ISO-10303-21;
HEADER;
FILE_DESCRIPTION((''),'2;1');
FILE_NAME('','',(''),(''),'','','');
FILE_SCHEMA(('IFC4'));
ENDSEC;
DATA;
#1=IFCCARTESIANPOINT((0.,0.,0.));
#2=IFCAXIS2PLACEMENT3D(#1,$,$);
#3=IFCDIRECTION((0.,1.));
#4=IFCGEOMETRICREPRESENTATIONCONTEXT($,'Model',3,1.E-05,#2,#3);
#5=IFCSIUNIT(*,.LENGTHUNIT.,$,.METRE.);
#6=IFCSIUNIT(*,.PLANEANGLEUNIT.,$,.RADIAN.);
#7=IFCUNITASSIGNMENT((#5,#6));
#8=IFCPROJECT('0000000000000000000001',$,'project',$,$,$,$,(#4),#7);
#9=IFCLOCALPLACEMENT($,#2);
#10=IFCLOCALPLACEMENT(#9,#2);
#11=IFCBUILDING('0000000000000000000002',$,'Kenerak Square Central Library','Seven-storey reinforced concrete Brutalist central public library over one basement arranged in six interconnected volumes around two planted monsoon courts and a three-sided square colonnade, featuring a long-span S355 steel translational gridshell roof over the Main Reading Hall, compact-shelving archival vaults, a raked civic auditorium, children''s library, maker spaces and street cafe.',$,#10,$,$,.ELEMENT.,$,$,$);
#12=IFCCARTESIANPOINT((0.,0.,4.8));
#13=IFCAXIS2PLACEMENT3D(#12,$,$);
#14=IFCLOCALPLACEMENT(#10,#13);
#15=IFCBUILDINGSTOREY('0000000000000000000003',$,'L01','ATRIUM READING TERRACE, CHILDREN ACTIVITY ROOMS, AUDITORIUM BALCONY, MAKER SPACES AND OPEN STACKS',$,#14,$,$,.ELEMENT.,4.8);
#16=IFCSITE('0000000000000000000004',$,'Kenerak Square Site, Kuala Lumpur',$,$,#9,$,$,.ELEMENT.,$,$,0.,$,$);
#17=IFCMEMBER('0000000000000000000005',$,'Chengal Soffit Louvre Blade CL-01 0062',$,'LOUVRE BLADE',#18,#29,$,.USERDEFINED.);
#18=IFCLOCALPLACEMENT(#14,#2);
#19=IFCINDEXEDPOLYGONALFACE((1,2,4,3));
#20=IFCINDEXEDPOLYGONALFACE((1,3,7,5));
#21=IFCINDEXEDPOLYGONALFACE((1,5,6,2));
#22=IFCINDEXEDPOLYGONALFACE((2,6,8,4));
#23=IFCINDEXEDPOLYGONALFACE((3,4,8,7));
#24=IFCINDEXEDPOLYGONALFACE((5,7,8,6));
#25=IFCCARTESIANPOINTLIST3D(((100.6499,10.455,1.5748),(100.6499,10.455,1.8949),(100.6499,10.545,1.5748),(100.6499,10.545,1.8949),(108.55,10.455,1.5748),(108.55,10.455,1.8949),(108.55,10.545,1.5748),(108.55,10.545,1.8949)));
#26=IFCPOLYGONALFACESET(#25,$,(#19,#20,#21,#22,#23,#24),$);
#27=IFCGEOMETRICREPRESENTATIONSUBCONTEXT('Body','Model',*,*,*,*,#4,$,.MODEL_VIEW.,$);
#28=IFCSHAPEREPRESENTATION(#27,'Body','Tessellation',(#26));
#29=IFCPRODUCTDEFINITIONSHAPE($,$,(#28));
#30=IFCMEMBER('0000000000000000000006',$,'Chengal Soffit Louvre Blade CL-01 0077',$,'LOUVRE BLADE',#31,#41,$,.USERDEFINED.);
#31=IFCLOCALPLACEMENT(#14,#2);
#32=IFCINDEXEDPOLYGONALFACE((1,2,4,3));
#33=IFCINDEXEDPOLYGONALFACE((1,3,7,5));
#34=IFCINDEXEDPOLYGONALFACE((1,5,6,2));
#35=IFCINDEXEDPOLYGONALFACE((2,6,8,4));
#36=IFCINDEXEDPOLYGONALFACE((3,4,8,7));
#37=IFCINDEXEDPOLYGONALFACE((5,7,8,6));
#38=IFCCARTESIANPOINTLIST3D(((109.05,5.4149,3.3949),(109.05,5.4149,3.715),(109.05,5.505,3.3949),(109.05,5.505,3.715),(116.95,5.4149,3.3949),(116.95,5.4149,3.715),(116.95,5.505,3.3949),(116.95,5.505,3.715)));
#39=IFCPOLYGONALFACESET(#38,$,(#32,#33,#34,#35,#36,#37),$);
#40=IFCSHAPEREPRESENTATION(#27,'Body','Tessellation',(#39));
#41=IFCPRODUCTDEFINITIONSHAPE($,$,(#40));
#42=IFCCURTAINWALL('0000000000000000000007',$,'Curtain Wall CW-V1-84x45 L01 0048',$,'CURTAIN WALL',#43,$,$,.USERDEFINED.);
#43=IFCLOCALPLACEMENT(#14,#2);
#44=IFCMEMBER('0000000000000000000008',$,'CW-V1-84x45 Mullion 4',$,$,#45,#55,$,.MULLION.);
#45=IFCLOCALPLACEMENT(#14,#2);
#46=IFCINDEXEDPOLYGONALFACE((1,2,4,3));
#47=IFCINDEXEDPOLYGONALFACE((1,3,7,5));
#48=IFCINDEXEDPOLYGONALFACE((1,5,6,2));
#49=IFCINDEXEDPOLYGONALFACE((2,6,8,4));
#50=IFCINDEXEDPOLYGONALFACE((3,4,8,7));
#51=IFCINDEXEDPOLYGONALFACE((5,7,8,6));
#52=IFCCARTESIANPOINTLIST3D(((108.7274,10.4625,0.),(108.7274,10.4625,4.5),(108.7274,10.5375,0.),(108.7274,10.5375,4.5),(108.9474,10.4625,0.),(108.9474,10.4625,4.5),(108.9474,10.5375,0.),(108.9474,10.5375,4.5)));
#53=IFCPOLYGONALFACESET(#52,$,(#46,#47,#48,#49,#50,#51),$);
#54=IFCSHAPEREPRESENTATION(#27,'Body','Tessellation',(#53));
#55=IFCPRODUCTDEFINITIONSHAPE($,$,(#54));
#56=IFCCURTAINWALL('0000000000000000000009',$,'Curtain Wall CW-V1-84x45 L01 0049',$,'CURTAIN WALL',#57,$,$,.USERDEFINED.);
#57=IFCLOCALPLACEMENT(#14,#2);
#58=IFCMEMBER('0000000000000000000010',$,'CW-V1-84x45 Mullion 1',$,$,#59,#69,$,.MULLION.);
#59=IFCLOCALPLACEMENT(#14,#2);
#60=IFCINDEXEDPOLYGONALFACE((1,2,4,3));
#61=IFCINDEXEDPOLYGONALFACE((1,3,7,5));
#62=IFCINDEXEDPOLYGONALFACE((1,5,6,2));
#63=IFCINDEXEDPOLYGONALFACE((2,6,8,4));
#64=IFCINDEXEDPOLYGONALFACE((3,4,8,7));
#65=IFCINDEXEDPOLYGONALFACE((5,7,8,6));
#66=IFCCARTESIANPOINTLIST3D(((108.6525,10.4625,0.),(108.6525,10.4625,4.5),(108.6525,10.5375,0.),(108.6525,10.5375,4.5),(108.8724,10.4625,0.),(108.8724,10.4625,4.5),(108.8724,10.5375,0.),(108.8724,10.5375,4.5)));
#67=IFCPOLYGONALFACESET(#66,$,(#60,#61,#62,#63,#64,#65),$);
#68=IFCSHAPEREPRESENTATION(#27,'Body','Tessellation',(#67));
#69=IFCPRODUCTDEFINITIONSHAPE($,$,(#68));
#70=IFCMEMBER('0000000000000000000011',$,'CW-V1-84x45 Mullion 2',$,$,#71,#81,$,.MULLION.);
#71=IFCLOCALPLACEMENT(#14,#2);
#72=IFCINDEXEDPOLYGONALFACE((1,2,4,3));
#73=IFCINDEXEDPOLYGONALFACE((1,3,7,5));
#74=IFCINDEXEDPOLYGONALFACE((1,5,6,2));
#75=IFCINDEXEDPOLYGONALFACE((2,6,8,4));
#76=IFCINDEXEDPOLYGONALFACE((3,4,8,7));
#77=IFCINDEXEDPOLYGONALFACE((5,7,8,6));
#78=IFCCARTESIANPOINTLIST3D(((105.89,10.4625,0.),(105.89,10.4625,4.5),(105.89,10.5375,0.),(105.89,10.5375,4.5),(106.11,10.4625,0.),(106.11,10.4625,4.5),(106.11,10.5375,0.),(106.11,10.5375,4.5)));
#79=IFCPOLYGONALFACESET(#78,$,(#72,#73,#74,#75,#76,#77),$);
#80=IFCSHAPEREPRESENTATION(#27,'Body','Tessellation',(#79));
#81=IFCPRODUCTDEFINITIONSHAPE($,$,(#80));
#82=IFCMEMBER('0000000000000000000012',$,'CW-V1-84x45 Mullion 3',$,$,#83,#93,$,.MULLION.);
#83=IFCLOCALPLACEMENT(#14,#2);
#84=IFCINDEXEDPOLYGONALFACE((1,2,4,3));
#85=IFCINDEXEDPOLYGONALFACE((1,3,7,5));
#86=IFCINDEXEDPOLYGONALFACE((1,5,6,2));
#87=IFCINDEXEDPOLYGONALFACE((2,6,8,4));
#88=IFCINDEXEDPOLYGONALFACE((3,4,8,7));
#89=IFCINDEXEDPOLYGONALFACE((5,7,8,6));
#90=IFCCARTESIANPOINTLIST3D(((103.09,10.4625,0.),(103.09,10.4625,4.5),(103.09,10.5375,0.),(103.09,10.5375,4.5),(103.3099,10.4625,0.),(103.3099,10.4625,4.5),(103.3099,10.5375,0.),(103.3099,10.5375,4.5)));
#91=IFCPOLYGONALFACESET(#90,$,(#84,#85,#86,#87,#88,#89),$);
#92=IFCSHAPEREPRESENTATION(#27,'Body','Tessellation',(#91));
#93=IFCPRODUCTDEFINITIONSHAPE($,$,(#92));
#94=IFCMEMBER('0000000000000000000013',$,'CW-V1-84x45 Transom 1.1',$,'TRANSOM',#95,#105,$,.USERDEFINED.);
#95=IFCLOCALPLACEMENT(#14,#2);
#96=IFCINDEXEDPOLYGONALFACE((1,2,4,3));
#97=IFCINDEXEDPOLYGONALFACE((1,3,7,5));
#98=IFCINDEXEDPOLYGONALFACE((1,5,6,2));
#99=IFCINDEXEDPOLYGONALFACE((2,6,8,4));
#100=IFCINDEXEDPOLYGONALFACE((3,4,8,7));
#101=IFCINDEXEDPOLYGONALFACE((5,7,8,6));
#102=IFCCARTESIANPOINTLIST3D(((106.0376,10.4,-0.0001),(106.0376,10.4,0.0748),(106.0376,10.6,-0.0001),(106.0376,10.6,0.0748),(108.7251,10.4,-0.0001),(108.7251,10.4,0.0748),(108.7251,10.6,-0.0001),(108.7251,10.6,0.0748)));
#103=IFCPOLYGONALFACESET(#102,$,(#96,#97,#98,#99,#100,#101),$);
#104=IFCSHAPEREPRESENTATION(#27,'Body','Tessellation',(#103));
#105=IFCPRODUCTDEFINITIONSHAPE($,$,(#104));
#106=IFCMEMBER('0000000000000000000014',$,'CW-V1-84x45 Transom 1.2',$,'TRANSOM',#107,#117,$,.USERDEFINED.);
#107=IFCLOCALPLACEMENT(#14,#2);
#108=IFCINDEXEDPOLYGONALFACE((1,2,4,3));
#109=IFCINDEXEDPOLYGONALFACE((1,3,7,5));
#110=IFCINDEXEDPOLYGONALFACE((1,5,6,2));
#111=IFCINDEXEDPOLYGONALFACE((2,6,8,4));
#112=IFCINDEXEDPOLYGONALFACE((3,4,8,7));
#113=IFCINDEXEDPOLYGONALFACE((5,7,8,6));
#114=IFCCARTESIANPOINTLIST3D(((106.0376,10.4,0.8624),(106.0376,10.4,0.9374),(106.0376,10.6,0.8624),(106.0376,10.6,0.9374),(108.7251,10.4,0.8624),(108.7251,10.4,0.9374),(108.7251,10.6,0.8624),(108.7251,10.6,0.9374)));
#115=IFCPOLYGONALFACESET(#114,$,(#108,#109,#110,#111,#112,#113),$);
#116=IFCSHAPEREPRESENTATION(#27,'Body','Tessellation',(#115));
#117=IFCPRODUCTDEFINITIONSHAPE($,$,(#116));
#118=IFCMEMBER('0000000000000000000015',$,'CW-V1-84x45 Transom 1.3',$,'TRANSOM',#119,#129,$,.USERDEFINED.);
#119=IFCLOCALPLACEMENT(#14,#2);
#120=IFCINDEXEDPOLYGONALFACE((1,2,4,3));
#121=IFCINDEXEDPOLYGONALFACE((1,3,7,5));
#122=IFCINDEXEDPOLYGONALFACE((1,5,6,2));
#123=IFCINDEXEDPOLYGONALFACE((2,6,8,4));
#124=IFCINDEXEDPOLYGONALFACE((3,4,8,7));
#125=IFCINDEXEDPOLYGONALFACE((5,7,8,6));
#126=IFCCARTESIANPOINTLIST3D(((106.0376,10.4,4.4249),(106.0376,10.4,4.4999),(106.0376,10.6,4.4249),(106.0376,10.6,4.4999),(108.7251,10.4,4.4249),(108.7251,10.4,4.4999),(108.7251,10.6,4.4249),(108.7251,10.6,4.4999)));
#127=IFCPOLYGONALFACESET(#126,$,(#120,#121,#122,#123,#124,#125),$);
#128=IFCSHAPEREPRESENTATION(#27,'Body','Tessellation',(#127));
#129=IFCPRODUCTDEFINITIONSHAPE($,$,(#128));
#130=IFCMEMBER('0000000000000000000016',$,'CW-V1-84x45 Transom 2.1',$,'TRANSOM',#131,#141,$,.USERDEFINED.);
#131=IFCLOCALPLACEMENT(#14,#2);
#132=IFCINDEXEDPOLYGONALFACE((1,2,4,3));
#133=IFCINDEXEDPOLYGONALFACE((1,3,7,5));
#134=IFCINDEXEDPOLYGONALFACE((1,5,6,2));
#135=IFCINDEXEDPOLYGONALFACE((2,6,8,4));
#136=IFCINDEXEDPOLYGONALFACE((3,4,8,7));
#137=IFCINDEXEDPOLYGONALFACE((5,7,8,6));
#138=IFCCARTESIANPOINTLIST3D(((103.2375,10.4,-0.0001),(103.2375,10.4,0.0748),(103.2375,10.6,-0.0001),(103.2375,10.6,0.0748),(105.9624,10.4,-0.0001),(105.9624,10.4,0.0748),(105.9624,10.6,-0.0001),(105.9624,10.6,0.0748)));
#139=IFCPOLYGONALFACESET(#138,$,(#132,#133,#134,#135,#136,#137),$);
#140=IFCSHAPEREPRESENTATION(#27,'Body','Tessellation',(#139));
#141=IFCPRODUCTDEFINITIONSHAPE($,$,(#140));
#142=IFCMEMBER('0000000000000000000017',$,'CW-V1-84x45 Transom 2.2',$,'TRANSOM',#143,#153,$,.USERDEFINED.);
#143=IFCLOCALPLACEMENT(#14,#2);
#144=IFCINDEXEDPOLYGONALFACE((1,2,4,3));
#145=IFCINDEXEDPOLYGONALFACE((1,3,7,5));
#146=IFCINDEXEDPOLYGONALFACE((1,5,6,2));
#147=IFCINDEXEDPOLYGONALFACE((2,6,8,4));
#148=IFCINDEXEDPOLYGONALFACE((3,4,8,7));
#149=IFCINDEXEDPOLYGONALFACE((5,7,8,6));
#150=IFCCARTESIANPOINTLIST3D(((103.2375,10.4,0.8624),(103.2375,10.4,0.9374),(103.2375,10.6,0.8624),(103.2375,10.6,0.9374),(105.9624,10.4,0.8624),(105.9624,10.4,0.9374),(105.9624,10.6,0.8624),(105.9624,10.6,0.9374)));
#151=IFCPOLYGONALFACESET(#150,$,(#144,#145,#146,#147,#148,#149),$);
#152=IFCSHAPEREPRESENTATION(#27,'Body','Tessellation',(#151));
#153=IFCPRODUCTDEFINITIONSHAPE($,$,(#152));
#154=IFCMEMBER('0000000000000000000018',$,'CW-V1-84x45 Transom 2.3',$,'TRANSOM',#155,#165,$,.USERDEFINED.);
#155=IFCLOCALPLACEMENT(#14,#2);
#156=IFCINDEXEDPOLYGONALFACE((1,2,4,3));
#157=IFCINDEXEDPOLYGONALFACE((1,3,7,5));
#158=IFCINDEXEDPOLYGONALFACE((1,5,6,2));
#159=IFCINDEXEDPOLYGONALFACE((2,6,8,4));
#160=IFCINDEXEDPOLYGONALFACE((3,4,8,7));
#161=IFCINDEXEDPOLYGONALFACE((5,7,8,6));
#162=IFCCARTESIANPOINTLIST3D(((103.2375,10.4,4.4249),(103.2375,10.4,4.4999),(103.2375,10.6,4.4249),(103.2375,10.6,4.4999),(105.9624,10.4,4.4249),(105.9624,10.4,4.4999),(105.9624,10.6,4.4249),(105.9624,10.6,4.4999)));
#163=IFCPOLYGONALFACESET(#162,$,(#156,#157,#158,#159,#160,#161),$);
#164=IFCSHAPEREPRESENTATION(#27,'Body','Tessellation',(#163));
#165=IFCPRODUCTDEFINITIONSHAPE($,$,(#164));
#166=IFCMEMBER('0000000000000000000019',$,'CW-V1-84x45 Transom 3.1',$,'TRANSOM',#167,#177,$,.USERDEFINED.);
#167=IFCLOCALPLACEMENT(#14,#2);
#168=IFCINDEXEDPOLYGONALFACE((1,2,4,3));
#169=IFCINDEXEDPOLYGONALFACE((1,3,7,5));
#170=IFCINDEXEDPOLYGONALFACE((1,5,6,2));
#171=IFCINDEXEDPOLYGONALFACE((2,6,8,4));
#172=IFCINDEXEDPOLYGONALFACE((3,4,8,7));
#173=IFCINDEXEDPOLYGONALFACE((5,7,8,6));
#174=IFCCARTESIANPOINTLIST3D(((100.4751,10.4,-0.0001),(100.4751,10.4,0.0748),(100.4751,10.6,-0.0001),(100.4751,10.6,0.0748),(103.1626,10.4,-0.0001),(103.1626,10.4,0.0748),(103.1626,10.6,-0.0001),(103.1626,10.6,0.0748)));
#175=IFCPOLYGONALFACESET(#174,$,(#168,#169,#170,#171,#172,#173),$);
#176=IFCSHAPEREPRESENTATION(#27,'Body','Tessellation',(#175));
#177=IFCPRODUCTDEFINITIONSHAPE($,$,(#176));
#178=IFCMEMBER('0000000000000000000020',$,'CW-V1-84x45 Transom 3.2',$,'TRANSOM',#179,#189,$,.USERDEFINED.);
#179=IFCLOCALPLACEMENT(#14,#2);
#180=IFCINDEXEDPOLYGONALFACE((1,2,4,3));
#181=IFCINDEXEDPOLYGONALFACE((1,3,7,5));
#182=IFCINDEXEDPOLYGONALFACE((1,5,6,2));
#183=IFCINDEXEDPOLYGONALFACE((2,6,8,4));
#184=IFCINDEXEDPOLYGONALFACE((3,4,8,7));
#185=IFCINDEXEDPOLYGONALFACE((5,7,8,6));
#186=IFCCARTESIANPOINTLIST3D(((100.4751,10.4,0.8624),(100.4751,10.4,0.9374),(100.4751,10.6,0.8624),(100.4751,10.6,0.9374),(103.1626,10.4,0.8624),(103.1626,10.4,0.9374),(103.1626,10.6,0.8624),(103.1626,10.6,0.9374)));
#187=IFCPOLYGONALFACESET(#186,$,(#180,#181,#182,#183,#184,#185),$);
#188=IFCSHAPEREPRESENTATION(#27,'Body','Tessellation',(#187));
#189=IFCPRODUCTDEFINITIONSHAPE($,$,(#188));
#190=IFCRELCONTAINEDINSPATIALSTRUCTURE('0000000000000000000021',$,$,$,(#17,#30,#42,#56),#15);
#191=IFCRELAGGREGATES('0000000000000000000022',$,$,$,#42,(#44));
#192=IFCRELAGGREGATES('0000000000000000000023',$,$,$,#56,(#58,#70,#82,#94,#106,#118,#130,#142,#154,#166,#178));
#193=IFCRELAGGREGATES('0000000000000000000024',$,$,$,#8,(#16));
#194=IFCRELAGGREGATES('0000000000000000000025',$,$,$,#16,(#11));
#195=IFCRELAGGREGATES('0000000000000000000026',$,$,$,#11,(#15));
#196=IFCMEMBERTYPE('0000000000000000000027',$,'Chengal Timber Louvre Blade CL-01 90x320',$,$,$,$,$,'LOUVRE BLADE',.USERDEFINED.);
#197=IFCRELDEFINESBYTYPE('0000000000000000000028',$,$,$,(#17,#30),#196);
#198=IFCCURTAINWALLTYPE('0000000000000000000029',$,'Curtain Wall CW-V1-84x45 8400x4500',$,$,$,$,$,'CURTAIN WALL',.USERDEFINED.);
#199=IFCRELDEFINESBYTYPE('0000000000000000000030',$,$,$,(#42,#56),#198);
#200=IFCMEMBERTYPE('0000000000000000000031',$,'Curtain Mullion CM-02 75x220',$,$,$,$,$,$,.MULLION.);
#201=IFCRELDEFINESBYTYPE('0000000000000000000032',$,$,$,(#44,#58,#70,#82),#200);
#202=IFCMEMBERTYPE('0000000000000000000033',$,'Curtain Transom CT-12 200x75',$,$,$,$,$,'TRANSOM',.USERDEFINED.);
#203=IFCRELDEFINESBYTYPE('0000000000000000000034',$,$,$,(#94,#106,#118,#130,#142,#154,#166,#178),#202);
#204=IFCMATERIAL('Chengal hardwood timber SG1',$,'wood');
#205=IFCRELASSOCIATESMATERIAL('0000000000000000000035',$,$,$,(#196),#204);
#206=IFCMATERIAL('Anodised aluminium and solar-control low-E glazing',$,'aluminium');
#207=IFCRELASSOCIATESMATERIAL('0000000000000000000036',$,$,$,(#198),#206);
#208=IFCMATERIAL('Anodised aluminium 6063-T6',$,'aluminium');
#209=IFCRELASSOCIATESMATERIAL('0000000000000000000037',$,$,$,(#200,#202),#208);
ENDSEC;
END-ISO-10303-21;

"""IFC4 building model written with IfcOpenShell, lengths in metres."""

from ifc_helpers import new_model, si_unit, direction, frame, origin, origin_2d, place, context, subcontext, project, spatial, rectangle, extrude, material, material_profile, profile_set, type_object, element, aggregate, save


model = new_model("IFC4")

# Units and contexts
model_context = context("Model", 3, precision=1e-05, world=origin(), true_north=direction((0.0, 1.0)))
body_context = subcontext(model_context, "Body", "Model", "MODEL_VIEW")
ifc_project = project(units=[si_unit("LENGTHUNIT", "METRE"), si_unit("PLANEANGLEUNIT", "RADIAN")], contexts=[model_context])

# Site, building, storey
site_placement = place(None, origin())
site = spatial("IfcSite", under=ifc_project, at=site_placement, Name="Kenerak Square Site, Kuala Lumpur", CompositionType="ELEMENT", RefElevation=0.0)
building_placement = place(site_placement, origin())
building = spatial("IfcBuilding", under=site, at=building_placement, Name="Kenerak Square Central Library", Description="Seven-storey reinforced concrete Brutalist central public library over one basement arranged in six interconnected volumes around two planted monsoon courts and a three-sided square colonnade, featuring a long-span S355 steel translational gridshell roof over the Main Reading Hall, compact-shelving archival vaults, a raked civic auditorium, children's library, maker spaces and street cafe.", CompositionType="ELEMENT")
storey_placement = place(building_placement, frame((0.0, 0.0, 4.8)))
storey = spatial("IfcBuildingStorey", under=building, at=storey_placement, Name="L01", Description="ATRIUM READING TERRACE, CHILDREN ACTIVITY ROOMS, AUDITORIUM BALCONY, MAKER SPACES AND OPEN STACKS", CompositionType="ELEMENT", Elevation=4.8)

# Members
ifc_material_1 = material(Name="Chengal hardwood timber SG1", Category="wood")
ifc_material_profile_1 = material_profile(ifc_material_1, rectangle(XDim=0.0901, YDim=0.3201, at=origin_2d()), Name="CHENGAL 90x320")
ifc_profile_set_1 = profile_set([ifc_material_profile_1], Name="Chengal hardwood timber SG1")
member_type_1 = type_object("IfcMemberType", Name="Chengal Timber Louvre Blade CL-01 90x320", ElementType="LOUVRE BLADE", PredefinedType="USERDEFINED", material=ifc_profile_set_1)
member_1_placement = place(storey_placement, frame((100.6499, 10.5, 1.7349), z_axis=(1.0, 0.0, 0.0), x_axis=(0.0, 1.0, 0.0)))
element("IfcMember", 1, at=member_1_placement, inside=storey, type_object=member_type_1, Name="Chengal Soffit Louvre Blade CL-01 0062", ObjectType="LOUVRE BLADE", PredefinedType="USERDEFINED", context=body_context, shape_type="SweptSolid", body=[
    extrude(rectangle(XDim=0.0901, YDim=0.3201, at=origin_2d()), origin(), (0.0, 0.0, 1.0), 7.9001),
])
member_2_placement = place(storey_placement, frame((109.05, 5.46, 3.5549), z_axis=(1.0, 0.0, 0.0), x_axis=(0.0, 1.0, 0.0)))
element("IfcMember", 2, at=member_2_placement, inside=storey, type_object=member_type_1, Name="Chengal Soffit Louvre Blade CL-01 0077", ObjectType="LOUVRE BLADE", PredefinedType="USERDEFINED", context=body_context, shape_type="SweptSolid", body=[
    extrude(rectangle(XDim=0.0901, YDim=0.3201, at=origin_2d()), origin(), (0.0, 0.0, 1.0), 7.8999),
])

# Curtain wall, member
ifc_material_2 = material(Name="Anodised aluminium and solar-control low-E glazing", Category="aluminium")
curtain_wall_type = type_object("IfcCurtainWallType", Name="Curtain Wall CW-V1-84x45 8400x4500", ElementType="CURTAIN WALL", PredefinedType="USERDEFINED", material=ifc_material_2)
curtain_wall_1_placement = place(storey_placement, origin())
curtain_wall_1 = element("IfcCurtainWall", 3, at=curtain_wall_1_placement, inside=storey, type_object=curtain_wall_type, Name="Curtain Wall CW-V1-84x45 L01 0048", ObjectType="CURTAIN WALL", PredefinedType="USERDEFINED")
ifc_material_3 = material(Name="Anodised aluminium 6063-T6", Category="aluminium")
ifc_material_profile_2 = material_profile(ifc_material_3, rectangle(XDim=0.075, YDim=0.22, at=origin_2d()), Name="AL MULLION 75x220")
ifc_profile_set_2 = profile_set([ifc_material_profile_2], Name="Anodised aluminium 6063-T6")
member_type_2 = type_object("IfcMemberType", Name="Curtain Mullion CM-02 75x220", PredefinedType="MULLION", material=ifc_profile_set_2)
member_3_placement = place(storey_placement, frame((108.8374, 10.5, 0.0), z_axis=(0.0, 0.0, 1.0), x_axis=(0.0, -1.0, 0.0)))
member_3 = element("IfcMember", 4, at=member_3_placement, type_object=member_type_2, Name="CW-V1-84x45 Mullion 4", PredefinedType="MULLION", context=body_context, shape_type="SweptSolid", body=[
    extrude(rectangle(XDim=0.075, YDim=0.22, at=origin_2d()), origin(), (0.0, 0.0, 1.0), 4.5),
])
aggregate(curtain_wall_1, [member_3])

# Curtain wall, members
curtain_wall_2_placement = place(storey_placement, origin())
curtain_wall_2 = element("IfcCurtainWall", 5, at=curtain_wall_2_placement, inside=storey, type_object=curtain_wall_type, Name="Curtain Wall CW-V1-84x45 L01 0049", ObjectType="CURTAIN WALL", PredefinedType="USERDEFINED")
member_4_placement = place(storey_placement, frame((108.7625, 10.5, 0.0), z_axis=(0.0, 0.0, 1.0), x_axis=(0.0, -1.0, 0.0)))
member_4 = element("IfcMember", 6, at=member_4_placement, type_object=member_type_2, Name="CW-V1-84x45 Mullion 1", PredefinedType="MULLION", context=body_context, shape_type="SweptSolid", body=[
    extrude(rectangle(XDim=0.075, YDim=0.22, at=origin_2d()), origin(), (0.0, 0.0, 1.0), 4.5),
])
member_5_placement = place(storey_placement, frame((106.0, 10.5, 0.0), z_axis=(0.0, 0.0, 1.0), x_axis=(0.0, -1.0, 0.0)))
member_5 = element("IfcMember", 7, at=member_5_placement, type_object=member_type_2, Name="CW-V1-84x45 Mullion 2", PredefinedType="MULLION", context=body_context, shape_type="SweptSolid", body=[
    extrude(rectangle(XDim=0.075, YDim=0.22, at=origin_2d()), origin(), (0.0, 0.0, 1.0), 4.5),
])
member_6_placement = place(storey_placement, frame((103.2, 10.5, 0.0), z_axis=(0.0, 0.0, 1.0), x_axis=(0.0, -1.0, 0.0)))
member_6 = element("IfcMember", 8, at=member_6_placement, type_object=member_type_2, Name="CW-V1-84x45 Mullion 3", PredefinedType="MULLION", context=body_context, shape_type="SweptSolid", body=[
    extrude(rectangle(XDim=0.075, YDim=0.22, at=origin_2d()), origin(), (0.0, 0.0, 1.0), 4.5),
])
ifc_material_profile_3 = material_profile(ifc_material_3, rectangle(XDim=0.2, YDim=0.075, at=origin_2d()), Name="AL TRANSOM 200x75")
ifc_profile_set_3 = profile_set([ifc_material_profile_3], Name="Anodised aluminium 6063-T6")
member_type_3 = type_object("IfcMemberType", Name="Curtain Transom CT-12 200x75", ElementType="TRANSOM", PredefinedType="USERDEFINED", material=ifc_profile_set_3)
member_7_placement = place(storey_placement, frame((108.7251, 10.5, 0.0374), z_axis=(-1.0, 0.0, 0.0), x_axis=(0.0, -1.0, 0.0)))
member_7 = element("IfcMember", 9, at=member_7_placement, type_object=member_type_3, Name="CW-V1-84x45 Transom 1.1", ObjectType="TRANSOM", PredefinedType="USERDEFINED", context=body_context, shape_type="SweptSolid", body=[
    extrude(rectangle(XDim=0.2, YDim=0.075, at=origin_2d()), origin(), (0.0, 0.0, 1.0), 2.6875),
])
member_8_placement = place(storey_placement, frame((108.7251, 10.5, 0.8999), z_axis=(-1.0, 0.0, 0.0), x_axis=(0.0, -1.0, 0.0)))
member_8 = element("IfcMember", 10, at=member_8_placement, type_object=member_type_3, Name="CW-V1-84x45 Transom 1.2", ObjectType="TRANSOM", PredefinedType="USERDEFINED", context=body_context, shape_type="SweptSolid", body=[
    extrude(rectangle(XDim=0.2, YDim=0.075, at=origin_2d()), origin(), (0.0, 0.0, 1.0), 2.6875),
])
member_9_placement = place(storey_placement, frame((108.7251, 10.5, 4.4624), z_axis=(-1.0, 0.0, 0.0), x_axis=(0.0, -1.0, 0.0)))
member_9 = element("IfcMember", 11, at=member_9_placement, type_object=member_type_3, Name="CW-V1-84x45 Transom 1.3", ObjectType="TRANSOM", PredefinedType="USERDEFINED", context=body_context, shape_type="SweptSolid", body=[
    extrude(rectangle(XDim=0.2, YDim=0.075, at=origin_2d()), origin(), (0.0, 0.0, 1.0), 2.6875),
])
member_10_placement = place(storey_placement, frame((105.9624, 10.5, 0.0374), z_axis=(-1.0, 0.0, 0.0), x_axis=(0.0, -1.0, 0.0)))
member_10 = element("IfcMember", 12, at=member_10_placement, type_object=member_type_3, Name="CW-V1-84x45 Transom 2.1", ObjectType="TRANSOM", PredefinedType="USERDEFINED", context=body_context, shape_type="SweptSolid", body=[
    extrude(rectangle(XDim=0.2, YDim=0.075, at=origin_2d()), origin(), (0.0, 0.0, 1.0), 2.7249),
])
member_11_placement = place(storey_placement, frame((105.9624, 10.5, 0.8999), z_axis=(-1.0, 0.0, 0.0), x_axis=(0.0, -1.0, 0.0)))
member_11 = element("IfcMember", 13, at=member_11_placement, type_object=member_type_3, Name="CW-V1-84x45 Transom 2.2", ObjectType="TRANSOM", PredefinedType="USERDEFINED", context=body_context, shape_type="SweptSolid", body=[
    extrude(rectangle(XDim=0.2, YDim=0.075, at=origin_2d()), origin(), (0.0, 0.0, 1.0), 2.7249),
])
member_12_placement = place(storey_placement, frame((105.9624, 10.5, 4.4624), z_axis=(-1.0, 0.0, 0.0), x_axis=(0.0, -1.0, 0.0)))
member_12 = element("IfcMember", 14, at=member_12_placement, type_object=member_type_3, Name="CW-V1-84x45 Transom 2.3", ObjectType="TRANSOM", PredefinedType="USERDEFINED", context=body_context, shape_type="SweptSolid", body=[
    extrude(rectangle(XDim=0.2, YDim=0.075, at=origin_2d()), origin(), (0.0, 0.0, 1.0), 2.7249),
])
member_13_placement = place(storey_placement, frame((103.1626, 10.5, 0.0374), z_axis=(-1.0, 0.0, 0.0), x_axis=(0.0, -1.0, 0.0)))
member_13 = element("IfcMember", 15, at=member_13_placement, type_object=member_type_3, Name="CW-V1-84x45 Transom 3.1", ObjectType="TRANSOM", PredefinedType="USERDEFINED", context=body_context, shape_type="SweptSolid", body=[
    extrude(rectangle(XDim=0.2, YDim=0.075, at=origin_2d()), origin(), (0.0, 0.0, 1.0), 2.6875),
])
member_14_placement = place(storey_placement, frame((103.1626, 10.5, 0.8999), z_axis=(-1.0, 0.0, 0.0), x_axis=(0.0, -1.0, 0.0)))
member_14 = element("IfcMember", 16, at=member_14_placement, type_object=member_type_3, Name="CW-V1-84x45 Transom 3.2", ObjectType="TRANSOM", PredefinedType="USERDEFINED", context=body_context, shape_type="SweptSolid", body=[
    extrude(rectangle(XDim=0.2, YDim=0.075, at=origin_2d()), origin(), (0.0, 0.0, 1.0), 2.6875),
])

aggregate(curtain_wall_2, [member_4, member_5, member_6, member_7, member_8, member_9, member_10, member_11, member_12, member_13, member_14])

save(model, "model.ifc")
